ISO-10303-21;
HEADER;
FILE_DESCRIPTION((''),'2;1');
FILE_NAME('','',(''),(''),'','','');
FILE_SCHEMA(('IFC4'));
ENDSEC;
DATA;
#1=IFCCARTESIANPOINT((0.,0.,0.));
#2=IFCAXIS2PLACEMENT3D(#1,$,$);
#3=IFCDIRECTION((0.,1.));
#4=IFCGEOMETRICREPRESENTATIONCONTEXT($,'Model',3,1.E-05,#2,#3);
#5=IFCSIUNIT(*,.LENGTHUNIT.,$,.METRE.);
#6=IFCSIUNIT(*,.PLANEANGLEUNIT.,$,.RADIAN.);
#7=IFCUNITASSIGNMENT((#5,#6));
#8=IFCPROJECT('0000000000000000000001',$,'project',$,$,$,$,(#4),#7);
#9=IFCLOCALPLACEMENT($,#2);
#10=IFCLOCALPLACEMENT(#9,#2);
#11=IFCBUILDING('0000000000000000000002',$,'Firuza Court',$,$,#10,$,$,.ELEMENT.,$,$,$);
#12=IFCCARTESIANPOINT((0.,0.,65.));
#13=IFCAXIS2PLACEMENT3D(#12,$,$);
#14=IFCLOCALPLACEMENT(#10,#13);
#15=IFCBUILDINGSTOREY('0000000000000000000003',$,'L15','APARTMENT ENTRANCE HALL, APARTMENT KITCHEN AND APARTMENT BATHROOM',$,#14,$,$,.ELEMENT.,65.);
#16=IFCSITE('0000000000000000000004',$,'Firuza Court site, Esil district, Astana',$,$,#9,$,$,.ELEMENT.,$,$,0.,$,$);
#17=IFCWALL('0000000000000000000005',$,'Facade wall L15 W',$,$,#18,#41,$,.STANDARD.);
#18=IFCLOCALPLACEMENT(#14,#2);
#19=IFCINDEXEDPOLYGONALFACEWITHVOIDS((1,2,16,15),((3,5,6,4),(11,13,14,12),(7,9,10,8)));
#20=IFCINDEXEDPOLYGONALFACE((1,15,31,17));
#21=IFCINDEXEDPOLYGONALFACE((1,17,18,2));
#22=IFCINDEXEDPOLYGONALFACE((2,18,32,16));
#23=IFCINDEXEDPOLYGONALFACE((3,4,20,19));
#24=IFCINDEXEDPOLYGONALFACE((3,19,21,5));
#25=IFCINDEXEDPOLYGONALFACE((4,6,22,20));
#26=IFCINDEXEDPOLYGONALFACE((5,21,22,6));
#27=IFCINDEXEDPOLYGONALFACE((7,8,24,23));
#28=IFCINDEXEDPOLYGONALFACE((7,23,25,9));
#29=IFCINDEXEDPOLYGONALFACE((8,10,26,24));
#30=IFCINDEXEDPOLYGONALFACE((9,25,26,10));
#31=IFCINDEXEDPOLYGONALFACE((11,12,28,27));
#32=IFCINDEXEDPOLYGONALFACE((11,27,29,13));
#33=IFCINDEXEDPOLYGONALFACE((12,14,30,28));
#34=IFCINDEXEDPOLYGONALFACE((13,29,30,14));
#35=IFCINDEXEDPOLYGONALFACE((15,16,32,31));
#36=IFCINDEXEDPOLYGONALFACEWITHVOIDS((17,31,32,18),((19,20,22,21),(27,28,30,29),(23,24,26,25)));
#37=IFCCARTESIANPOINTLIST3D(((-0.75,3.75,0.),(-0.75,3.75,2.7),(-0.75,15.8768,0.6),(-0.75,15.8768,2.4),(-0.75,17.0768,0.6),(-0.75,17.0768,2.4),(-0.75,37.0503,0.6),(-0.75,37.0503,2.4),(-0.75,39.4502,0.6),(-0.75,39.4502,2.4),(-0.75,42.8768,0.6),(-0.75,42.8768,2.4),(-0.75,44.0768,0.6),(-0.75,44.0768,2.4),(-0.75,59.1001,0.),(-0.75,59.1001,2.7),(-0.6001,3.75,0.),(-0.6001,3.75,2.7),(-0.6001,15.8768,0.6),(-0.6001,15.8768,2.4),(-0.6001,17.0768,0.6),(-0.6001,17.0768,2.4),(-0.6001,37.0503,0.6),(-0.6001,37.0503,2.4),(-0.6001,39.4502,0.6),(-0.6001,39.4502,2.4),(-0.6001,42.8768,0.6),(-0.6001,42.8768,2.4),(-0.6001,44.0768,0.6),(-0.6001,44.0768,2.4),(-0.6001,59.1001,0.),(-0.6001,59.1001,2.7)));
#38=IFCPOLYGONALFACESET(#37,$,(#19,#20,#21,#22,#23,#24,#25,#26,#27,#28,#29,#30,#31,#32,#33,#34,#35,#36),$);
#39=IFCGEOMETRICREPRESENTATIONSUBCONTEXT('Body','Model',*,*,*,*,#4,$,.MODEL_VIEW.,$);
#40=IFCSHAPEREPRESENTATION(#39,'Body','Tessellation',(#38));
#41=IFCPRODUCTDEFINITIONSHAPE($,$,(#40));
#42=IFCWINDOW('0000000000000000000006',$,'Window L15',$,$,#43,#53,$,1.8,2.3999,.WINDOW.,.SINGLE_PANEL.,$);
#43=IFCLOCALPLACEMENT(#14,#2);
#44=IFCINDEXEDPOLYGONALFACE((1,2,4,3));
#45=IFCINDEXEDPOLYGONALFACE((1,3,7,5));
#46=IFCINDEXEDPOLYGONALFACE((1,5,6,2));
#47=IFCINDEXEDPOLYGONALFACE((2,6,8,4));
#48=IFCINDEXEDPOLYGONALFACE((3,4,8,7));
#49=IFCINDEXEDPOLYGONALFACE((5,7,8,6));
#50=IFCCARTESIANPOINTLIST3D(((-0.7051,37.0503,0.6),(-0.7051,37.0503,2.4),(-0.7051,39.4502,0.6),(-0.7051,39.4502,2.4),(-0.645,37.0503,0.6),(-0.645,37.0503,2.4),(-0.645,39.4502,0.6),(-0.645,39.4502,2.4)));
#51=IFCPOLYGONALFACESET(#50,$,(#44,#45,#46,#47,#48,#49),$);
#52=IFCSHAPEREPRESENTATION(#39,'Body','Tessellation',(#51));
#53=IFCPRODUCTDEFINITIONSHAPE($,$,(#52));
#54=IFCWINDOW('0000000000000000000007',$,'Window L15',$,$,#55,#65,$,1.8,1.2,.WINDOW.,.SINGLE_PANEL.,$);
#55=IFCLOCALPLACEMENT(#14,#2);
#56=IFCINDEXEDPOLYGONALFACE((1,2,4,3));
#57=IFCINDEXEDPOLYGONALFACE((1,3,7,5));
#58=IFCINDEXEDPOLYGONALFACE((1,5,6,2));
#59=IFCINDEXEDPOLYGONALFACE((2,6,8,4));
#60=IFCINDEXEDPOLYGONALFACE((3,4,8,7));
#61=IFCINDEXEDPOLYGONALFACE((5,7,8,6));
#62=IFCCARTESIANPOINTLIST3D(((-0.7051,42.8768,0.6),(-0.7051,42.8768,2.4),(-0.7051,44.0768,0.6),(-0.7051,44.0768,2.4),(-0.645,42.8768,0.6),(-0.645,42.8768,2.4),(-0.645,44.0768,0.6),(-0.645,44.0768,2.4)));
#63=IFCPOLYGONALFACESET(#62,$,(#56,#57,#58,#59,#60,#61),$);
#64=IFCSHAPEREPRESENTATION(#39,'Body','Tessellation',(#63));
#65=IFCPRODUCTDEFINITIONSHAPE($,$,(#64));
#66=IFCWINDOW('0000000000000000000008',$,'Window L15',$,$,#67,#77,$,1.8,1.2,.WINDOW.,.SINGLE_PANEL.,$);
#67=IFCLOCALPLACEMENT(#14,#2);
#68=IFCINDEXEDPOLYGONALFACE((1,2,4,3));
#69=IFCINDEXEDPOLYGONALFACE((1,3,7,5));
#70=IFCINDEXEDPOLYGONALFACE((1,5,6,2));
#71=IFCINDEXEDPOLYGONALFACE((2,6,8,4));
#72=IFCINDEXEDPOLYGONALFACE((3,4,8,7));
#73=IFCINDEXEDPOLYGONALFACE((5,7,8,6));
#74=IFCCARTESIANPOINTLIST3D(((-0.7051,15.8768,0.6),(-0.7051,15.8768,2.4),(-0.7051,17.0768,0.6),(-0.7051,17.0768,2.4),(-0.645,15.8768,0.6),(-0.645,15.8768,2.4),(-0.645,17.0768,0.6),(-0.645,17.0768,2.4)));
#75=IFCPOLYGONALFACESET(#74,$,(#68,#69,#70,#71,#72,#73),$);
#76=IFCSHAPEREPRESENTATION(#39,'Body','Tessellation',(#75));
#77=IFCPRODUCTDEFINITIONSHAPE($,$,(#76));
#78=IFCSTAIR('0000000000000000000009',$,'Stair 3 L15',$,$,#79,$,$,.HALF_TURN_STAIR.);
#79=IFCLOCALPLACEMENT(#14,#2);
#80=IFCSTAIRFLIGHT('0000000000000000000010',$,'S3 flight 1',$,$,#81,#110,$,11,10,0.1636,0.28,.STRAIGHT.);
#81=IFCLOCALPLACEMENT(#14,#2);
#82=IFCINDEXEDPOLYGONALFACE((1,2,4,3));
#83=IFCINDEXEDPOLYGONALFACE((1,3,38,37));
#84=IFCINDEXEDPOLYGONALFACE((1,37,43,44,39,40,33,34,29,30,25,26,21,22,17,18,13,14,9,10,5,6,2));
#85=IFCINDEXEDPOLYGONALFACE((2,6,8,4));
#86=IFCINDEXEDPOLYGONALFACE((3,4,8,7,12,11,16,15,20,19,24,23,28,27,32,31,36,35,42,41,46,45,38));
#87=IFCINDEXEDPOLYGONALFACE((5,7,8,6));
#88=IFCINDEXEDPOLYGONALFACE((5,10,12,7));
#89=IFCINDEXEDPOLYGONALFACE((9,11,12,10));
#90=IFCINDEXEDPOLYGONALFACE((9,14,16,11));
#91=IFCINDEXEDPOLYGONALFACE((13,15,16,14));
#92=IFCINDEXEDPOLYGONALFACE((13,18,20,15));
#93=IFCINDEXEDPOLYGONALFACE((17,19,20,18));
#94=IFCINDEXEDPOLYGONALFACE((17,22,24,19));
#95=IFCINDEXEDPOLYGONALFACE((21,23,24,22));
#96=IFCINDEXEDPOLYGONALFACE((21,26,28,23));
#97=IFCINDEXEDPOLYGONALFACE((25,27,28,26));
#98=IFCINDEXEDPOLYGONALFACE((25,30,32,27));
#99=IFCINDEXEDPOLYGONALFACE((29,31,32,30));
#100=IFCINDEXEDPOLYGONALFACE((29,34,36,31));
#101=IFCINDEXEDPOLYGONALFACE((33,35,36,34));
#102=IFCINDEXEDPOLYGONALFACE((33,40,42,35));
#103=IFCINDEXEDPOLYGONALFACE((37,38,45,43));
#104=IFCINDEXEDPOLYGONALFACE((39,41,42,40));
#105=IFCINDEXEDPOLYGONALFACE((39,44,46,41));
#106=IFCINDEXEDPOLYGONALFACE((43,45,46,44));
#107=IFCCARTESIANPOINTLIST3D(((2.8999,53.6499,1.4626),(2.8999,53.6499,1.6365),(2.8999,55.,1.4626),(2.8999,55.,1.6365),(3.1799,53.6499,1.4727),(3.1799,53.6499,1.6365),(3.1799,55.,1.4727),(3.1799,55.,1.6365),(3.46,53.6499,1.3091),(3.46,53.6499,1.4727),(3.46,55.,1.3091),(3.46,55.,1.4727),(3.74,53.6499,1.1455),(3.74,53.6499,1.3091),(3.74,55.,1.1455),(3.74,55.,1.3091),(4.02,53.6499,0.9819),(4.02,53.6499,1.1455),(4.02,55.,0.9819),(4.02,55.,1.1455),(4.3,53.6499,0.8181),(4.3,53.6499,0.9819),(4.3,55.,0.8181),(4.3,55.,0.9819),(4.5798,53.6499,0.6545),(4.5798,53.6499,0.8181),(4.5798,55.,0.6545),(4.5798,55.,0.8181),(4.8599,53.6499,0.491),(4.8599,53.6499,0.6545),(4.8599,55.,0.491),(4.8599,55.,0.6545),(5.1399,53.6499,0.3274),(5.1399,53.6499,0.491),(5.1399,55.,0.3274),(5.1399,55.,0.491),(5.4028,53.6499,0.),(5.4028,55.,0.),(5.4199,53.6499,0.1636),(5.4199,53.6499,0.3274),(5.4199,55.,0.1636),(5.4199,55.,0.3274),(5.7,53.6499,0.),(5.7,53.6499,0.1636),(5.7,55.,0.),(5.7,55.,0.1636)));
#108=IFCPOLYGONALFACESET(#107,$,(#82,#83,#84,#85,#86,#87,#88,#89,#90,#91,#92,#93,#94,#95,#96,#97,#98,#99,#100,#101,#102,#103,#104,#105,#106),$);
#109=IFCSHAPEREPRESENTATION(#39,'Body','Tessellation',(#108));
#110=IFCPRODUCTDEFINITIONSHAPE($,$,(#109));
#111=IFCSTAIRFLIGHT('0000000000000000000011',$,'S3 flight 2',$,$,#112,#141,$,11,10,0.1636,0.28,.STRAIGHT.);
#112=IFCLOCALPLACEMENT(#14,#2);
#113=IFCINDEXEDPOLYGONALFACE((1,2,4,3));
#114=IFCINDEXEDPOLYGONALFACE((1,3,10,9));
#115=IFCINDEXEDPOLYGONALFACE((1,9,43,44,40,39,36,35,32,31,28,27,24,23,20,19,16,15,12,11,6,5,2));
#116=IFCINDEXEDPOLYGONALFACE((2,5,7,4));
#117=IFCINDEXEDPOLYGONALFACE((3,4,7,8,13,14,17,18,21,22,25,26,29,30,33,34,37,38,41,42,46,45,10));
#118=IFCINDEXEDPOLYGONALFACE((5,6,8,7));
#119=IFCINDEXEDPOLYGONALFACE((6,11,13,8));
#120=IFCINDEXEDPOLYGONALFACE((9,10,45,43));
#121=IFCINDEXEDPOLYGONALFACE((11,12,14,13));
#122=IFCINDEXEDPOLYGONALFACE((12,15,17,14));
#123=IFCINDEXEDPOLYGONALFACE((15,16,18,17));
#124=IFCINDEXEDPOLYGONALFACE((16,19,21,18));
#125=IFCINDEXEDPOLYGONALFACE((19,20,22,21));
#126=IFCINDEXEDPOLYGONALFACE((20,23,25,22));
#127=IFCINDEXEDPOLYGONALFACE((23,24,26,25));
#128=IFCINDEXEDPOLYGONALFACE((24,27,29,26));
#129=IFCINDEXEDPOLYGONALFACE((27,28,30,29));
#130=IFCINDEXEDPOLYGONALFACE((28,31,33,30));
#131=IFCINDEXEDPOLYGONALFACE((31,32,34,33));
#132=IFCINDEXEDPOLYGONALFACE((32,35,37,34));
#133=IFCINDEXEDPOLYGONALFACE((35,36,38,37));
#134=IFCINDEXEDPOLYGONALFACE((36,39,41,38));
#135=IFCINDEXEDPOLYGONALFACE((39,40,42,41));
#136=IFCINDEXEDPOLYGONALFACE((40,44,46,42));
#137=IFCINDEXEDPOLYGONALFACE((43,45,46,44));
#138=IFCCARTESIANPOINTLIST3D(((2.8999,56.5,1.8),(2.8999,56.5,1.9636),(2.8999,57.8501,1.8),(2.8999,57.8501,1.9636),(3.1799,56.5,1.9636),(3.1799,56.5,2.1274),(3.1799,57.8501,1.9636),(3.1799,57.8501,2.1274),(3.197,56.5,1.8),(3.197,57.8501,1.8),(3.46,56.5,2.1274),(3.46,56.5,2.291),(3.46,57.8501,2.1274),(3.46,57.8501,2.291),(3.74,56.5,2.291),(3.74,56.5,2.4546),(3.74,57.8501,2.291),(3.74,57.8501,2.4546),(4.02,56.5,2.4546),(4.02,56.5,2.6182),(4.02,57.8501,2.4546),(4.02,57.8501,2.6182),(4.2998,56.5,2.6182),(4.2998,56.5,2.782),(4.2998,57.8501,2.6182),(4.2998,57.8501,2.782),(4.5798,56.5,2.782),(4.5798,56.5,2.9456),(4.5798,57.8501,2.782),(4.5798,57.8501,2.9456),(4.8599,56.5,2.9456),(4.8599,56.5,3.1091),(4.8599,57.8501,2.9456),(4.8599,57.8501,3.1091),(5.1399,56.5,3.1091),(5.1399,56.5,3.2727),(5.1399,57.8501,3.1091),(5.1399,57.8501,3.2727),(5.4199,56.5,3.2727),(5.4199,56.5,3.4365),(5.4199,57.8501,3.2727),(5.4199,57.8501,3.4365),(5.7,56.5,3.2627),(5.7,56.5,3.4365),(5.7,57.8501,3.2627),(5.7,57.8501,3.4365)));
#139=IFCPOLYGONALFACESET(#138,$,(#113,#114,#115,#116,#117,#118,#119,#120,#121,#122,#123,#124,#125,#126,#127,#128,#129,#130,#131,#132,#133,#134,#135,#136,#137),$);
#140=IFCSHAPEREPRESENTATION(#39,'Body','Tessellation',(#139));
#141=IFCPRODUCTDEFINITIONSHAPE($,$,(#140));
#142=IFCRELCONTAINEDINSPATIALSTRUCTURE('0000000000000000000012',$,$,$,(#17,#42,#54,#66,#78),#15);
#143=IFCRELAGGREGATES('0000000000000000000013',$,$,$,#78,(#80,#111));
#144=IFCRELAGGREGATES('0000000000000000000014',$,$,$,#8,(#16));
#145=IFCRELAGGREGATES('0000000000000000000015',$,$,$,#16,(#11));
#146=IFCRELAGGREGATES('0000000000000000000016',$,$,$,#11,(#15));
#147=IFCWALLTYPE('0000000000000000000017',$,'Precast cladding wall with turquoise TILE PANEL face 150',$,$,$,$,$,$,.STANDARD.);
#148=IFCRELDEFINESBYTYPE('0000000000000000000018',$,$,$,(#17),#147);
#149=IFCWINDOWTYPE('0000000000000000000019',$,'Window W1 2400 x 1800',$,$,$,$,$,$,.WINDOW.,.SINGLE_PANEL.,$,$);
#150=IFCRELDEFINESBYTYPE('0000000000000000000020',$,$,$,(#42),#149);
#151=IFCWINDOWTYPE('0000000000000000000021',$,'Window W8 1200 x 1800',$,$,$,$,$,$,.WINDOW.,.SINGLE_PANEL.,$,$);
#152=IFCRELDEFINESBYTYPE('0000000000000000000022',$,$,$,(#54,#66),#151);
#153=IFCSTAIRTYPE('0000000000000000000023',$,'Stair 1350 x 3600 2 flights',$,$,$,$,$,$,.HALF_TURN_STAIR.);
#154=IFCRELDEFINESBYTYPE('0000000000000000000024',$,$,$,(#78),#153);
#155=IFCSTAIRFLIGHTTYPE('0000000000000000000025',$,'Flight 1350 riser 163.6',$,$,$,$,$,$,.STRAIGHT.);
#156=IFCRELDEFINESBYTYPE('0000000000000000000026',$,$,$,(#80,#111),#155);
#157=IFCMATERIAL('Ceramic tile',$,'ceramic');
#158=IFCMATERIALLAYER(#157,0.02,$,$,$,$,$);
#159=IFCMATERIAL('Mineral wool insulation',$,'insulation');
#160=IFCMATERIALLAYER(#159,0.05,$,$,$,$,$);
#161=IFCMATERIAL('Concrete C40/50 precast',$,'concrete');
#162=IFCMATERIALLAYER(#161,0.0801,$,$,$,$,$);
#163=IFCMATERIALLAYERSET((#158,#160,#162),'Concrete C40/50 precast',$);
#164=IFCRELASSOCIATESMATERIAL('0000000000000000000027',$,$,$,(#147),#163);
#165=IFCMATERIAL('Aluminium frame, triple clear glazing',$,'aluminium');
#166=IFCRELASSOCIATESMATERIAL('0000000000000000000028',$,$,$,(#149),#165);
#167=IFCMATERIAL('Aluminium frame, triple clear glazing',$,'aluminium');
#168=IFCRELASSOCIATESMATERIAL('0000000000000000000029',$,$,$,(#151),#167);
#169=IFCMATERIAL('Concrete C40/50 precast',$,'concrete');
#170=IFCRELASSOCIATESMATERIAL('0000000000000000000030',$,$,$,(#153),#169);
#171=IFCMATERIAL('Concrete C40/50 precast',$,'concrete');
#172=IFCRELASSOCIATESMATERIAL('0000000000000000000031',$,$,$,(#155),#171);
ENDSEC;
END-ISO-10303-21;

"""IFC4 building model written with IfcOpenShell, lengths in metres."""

from ifc_helpers import new_model, si_unit, direction, frame, frame_2d, origin, place, context, subcontext, project, spatial, polyline, rectangle, outline, extrude, material, layer, layer_set, type_object, element, fill, aggregate, save


model = new_model("IFC4")

# Units and contexts
model_context = context("Model", 3, precision=1e-05, world=origin(), true_north=direction((0.0, 1.0)))
body_context = subcontext(model_context, "Body", "Model", "MODEL_VIEW")
ifc_project = project(units=[si_unit("LENGTHUNIT", "METRE"), si_unit("PLANEANGLEUNIT", "RADIAN")], contexts=[model_context])

# Site, building, storey
site_placement = place(None, origin())
site = spatial("IfcSite", under=ifc_project, at=site_placement, Name="Firuza Court site, Esil district, Astana", CompositionType="ELEMENT", RefElevation=0.0)
building_placement = place(site_placement, origin())
building = spatial("IfcBuilding", under=site, at=building_placement, Name="Firuza Court", CompositionType="ELEMENT")
storey_placement = place(building_placement, frame((0.0, 0.0, 65.0)))
storey = spatial("IfcBuildingStorey", under=building, at=storey_placement, Name="L15", Description="APARTMENT ENTRANCE HALL, APARTMENT KITCHEN AND APARTMENT BATHROOM", CompositionType="ELEMENT", Elevation=65.0)

# Wall, openings, windows
ifc_material_1 = material(Name="Ceramic tile", Category="ceramic")
ifc_layer_1 = layer(ifc_material_1, 0.02)
ifc_material_2 = material(Name="Mineral wool insulation", Category="insulation")
ifc_layer_2 = layer(ifc_material_2, 0.05)
ifc_material_3 = material(Name="Concrete C40/50 precast", Category="concrete")
ifc_layer_3 = layer(ifc_material_3, 0.0801)
ifc_layer_set_1 = layer_set([ifc_layer_1, ifc_layer_2, ifc_layer_3], Name="Concrete C40/50 precast")
wall_type_1 = type_object("IfcWallType", Name="Precast cladding wall with turquoise TILE PANEL face 150", PredefinedType="STANDARD", material=ifc_layer_set_1)
wall_1_placement = place(storey_placement, frame((-0.675, 59.1001, 0.0), z_axis=(0.0, 0.0, 1.0), x_axis=(0.0, -1.0, 0.0)))
wall_1 = element("IfcWall", 1, at=wall_1_placement, inside=storey, type_object=wall_type_1, Name="Facade wall L15 W", PredefinedType="STANDARD", context=body_context, shape_type="SweptSolid", body=[
    extrude(rectangle(XDim=55.3501, YDim=0.1499, at=frame_2d((27.675, 0.0))), origin(), (0.0, 0.0, 1.0), 2.7),
])
opening_1_placement = place(wall_1_placement, frame((15.0232, 0.0, 0.6001)))
opening_1 = element("IfcOpeningElement", 2, at=opening_1_placement, cuts=wall_1, PredefinedType="OPENING", context=body_context, shape_type="SweptSolid", body=[
    extrude(rectangle(XDim=1.2, YDim=1.8, at=frame_2d((0.6001, 0.8999))), frame((0.0, 0.0869, 0.0), z_axis=(0.0, -1.0, 0.0), x_axis=(1.0, 0.0, 0.0)), (0.0, 0.0, 1.0), 0.1738),
])
opening_2_placement = place(wall_1_placement, frame((19.6499, 0.0, 0.6001)))
opening_2 = element("IfcOpeningElement", 3, at=opening_2_placement, cuts=wall_1, PredefinedType="OPENING", context=body_context, shape_type="SweptSolid", body=[
    extrude(rectangle(XDim=2.3999, YDim=1.8, at=frame_2d((1.2, 0.8999))), frame((0.0, 0.0869, 0.0), z_axis=(0.0, -1.0, 0.0), x_axis=(1.0, 0.0, 0.0)), (0.0, 0.0, 1.0), 0.1738),
])
opening_3_placement = place(wall_1_placement, frame((42.0232, 0.0, 0.6001)))
opening_3 = element("IfcOpeningElement", 4, at=opening_3_placement, cuts=wall_1, PredefinedType="OPENING", context=body_context, shape_type="SweptSolid", body=[
    extrude(rectangle(XDim=1.2, YDim=1.8, at=frame_2d((0.6001, 0.8999))), frame((0.0, 0.0869, 0.0), z_axis=(0.0, -1.0, 0.0), x_axis=(1.0, 0.0, 0.0)), (0.0, 0.0, 1.0), 0.1738),
])
ifc_material_4 = material(Name="Aluminium frame, triple clear glazing", Category="aluminium")
window_type_1 = type_object("IfcWindowType", Name="Window W1 2400 x 1800", PartitioningType="SINGLE_PANEL", PredefinedType="WINDOW", material=ifc_material_4)
window_1_placement = place(opening_2_placement, origin())
window_1 = element("IfcWindow", 5, at=window_1_placement, inside=storey, type_object=window_type_1, Name="Window L15", OverallHeight=1.8, OverallWidth=2.3999, PartitioningType="SINGLE_PANEL", PredefinedType="WINDOW", context=body_context, shape_type="SweptSolid", body=[
    extrude(rectangle(XDim=2.3999, YDim=1.8, at=frame_2d((1.2, 0.8999))), frame((0.0, 0.03, 0.0), z_axis=(0.0, -1.0, 0.0), x_axis=(1.0, 0.0, 0.0)), (0.0, 0.0, 1.0), 0.0601),
])
fill(opening_2, window_1)
ifc_material_5 = material(Name="Aluminium frame, triple clear glazing", Category="aluminium")
window_type_2 = type_object("IfcWindowType", Name="Window W8 1200 x 1800", PartitioningType="SINGLE_PANEL", PredefinedType="WINDOW", material=ifc_material_5)
window_2_placement = place(opening_1_placement, origin())
window_2 = element("IfcWindow", 6, at=window_2_placement, inside=storey, type_object=window_type_2, Name="Window L15", OverallHeight=1.8, OverallWidth=1.2, PartitioningType="SINGLE_PANEL", PredefinedType="WINDOW", context=body_context, shape_type="SweptSolid", body=[
    extrude(rectangle(XDim=1.2, YDim=1.8, at=frame_2d((0.6001, 0.8999))), frame((0.0, 0.03, 0.0), z_axis=(0.0, -1.0, 0.0), x_axis=(1.0, 0.0, 0.0)), (0.0, 0.0, 1.0), 0.0601),
])
fill(opening_1, window_2)
window_3_placement = place(opening_3_placement, origin())
window_3 = element("IfcWindow", 7, at=window_3_placement, inside=storey, type_object=window_type_2, Name="Window L15", OverallHeight=1.8, OverallWidth=1.2, PartitioningType="SINGLE_PANEL", PredefinedType="WINDOW", context=body_context, shape_type="SweptSolid", body=[
    extrude(rectangle(XDim=1.2, YDim=1.8, at=frame_2d((0.6001, 0.8999))), frame((0.0, 0.03, 0.0), z_axis=(0.0, -1.0, 0.0), x_axis=(1.0, 0.0, 0.0)), (0.0, 0.0, 1.0), 0.0601),
])
fill(opening_3, window_3)

# Stair, stair flights
ifc_material_6 = material(Name="Concrete C40/50 precast", Category="concrete")
stair_type = type_object("IfcStairType", Name="Stair 1350 x 3600 2 flights", PredefinedType="HALF_TURN_STAIR", material=ifc_material_6)
stair_placement = place(storey_placement, origin())
stair = element("IfcStair", 8, at=stair_placement, inside=storey, type_object=stair_type, Name="Stair 3 L15", PredefinedType="HALF_TURN_STAIR")
ifc_material_7 = material(Name="Concrete C40/50 precast", Category="concrete")
stair_flight_type = type_object("IfcStairFlightType", Name="Flight 1350 riser 163.6", PredefinedType="STRAIGHT", material=ifc_material_7)
stair_flight_1_placement = place(storey_placement, frame((5.7, 54.325, 0.0), z_axis=(0.0, 0.0, 1.0), x_axis=(-1.0, 0.0, 0.0)))
stair_flight_1 = element("IfcStairFlight", 9, at=stair_flight_1_placement, type_object=stair_flight_type, Name="S3 flight 1", NumberOfRisers=11, NumberOfTreads=10, PredefinedType="STRAIGHT", RiserHeight=0.1636, TreadLength=0.28, context=body_context, shape_type="SweptSolid", body=[
    extrude(outline(polyline([(0.0, 0.0), (0.0, 0.1636), (0.28, 0.1636), (0.28, 0.3274), (0.5601, 0.3274), (0.5601, 0.491), (0.8401, 0.491), (0.8401, 0.6545), (1.1201, 0.6545), (1.1201, 0.8181), (1.3999, 0.8181), (1.3999, 0.9819), (1.6799, 0.9819), (1.6799, 1.1455), (1.96, 1.1455), (1.96, 1.3091), (2.24, 1.3091), (2.24, 1.4727), (2.52, 1.4727), (2.52, 1.6365), (2.8, 1.6365), (2.8, 1.8), (2.8, 1.4626), (0.2971, 0.0), (0.0, 0.0)])), frame((0.0, 0.675, 0.0), z_axis=(0.0, -1.0, 0.0), x_axis=(1.0, 0.0, 0.0)), (0.0, 0.0, 1.0), 1.3501),
])
stair_flight_2_placement = place(storey_placement, frame((2.8999, 57.175, 1.8), z_axis=(0.0, 0.0, 1.0), x_axis=(1.0, 0.0, 0.0)))
stair_flight_2 = element("IfcStairFlight", 10, at=stair_flight_2_placement, type_object=stair_flight_type, Name="S3 flight 2", NumberOfRisers=11, NumberOfTreads=10, PredefinedType="STRAIGHT", RiserHeight=0.1636, TreadLength=0.28, context=body_context, shape_type="SweptSolid", body=[
    extrude(outline(polyline([(0.0, 0.0), (0.0, 0.1636), (0.28, 0.1636), (0.28, 0.3274), (0.5601, 0.3274), (0.5601, 0.491), (0.8401, 0.491), (0.8401, 0.6545), (1.1201, 0.6545), (1.1201, 0.8181), (1.3999, 0.8181), (1.3999, 0.9819), (1.6799, 0.9819), (1.6799, 1.1455), (1.96, 1.1455), (1.96, 1.3091), (2.24, 1.3091), (2.24, 1.4727), (2.52, 1.4727), (2.52, 1.6365), (2.8, 1.6365), (2.8, 1.8), (2.8, 1.4626), (0.2971, 0.0), (0.0, 0.0)])), frame((0.0, 0.675, 0.0), z_axis=(0.0, -1.0, 0.0), x_axis=(1.0, 0.0, 0.0)), (0.0, 0.0, 1.0), 1.3501),
])
aggregate(stair, [stair_flight_1, stair_flight_2])

save(model, "model.ifc")
